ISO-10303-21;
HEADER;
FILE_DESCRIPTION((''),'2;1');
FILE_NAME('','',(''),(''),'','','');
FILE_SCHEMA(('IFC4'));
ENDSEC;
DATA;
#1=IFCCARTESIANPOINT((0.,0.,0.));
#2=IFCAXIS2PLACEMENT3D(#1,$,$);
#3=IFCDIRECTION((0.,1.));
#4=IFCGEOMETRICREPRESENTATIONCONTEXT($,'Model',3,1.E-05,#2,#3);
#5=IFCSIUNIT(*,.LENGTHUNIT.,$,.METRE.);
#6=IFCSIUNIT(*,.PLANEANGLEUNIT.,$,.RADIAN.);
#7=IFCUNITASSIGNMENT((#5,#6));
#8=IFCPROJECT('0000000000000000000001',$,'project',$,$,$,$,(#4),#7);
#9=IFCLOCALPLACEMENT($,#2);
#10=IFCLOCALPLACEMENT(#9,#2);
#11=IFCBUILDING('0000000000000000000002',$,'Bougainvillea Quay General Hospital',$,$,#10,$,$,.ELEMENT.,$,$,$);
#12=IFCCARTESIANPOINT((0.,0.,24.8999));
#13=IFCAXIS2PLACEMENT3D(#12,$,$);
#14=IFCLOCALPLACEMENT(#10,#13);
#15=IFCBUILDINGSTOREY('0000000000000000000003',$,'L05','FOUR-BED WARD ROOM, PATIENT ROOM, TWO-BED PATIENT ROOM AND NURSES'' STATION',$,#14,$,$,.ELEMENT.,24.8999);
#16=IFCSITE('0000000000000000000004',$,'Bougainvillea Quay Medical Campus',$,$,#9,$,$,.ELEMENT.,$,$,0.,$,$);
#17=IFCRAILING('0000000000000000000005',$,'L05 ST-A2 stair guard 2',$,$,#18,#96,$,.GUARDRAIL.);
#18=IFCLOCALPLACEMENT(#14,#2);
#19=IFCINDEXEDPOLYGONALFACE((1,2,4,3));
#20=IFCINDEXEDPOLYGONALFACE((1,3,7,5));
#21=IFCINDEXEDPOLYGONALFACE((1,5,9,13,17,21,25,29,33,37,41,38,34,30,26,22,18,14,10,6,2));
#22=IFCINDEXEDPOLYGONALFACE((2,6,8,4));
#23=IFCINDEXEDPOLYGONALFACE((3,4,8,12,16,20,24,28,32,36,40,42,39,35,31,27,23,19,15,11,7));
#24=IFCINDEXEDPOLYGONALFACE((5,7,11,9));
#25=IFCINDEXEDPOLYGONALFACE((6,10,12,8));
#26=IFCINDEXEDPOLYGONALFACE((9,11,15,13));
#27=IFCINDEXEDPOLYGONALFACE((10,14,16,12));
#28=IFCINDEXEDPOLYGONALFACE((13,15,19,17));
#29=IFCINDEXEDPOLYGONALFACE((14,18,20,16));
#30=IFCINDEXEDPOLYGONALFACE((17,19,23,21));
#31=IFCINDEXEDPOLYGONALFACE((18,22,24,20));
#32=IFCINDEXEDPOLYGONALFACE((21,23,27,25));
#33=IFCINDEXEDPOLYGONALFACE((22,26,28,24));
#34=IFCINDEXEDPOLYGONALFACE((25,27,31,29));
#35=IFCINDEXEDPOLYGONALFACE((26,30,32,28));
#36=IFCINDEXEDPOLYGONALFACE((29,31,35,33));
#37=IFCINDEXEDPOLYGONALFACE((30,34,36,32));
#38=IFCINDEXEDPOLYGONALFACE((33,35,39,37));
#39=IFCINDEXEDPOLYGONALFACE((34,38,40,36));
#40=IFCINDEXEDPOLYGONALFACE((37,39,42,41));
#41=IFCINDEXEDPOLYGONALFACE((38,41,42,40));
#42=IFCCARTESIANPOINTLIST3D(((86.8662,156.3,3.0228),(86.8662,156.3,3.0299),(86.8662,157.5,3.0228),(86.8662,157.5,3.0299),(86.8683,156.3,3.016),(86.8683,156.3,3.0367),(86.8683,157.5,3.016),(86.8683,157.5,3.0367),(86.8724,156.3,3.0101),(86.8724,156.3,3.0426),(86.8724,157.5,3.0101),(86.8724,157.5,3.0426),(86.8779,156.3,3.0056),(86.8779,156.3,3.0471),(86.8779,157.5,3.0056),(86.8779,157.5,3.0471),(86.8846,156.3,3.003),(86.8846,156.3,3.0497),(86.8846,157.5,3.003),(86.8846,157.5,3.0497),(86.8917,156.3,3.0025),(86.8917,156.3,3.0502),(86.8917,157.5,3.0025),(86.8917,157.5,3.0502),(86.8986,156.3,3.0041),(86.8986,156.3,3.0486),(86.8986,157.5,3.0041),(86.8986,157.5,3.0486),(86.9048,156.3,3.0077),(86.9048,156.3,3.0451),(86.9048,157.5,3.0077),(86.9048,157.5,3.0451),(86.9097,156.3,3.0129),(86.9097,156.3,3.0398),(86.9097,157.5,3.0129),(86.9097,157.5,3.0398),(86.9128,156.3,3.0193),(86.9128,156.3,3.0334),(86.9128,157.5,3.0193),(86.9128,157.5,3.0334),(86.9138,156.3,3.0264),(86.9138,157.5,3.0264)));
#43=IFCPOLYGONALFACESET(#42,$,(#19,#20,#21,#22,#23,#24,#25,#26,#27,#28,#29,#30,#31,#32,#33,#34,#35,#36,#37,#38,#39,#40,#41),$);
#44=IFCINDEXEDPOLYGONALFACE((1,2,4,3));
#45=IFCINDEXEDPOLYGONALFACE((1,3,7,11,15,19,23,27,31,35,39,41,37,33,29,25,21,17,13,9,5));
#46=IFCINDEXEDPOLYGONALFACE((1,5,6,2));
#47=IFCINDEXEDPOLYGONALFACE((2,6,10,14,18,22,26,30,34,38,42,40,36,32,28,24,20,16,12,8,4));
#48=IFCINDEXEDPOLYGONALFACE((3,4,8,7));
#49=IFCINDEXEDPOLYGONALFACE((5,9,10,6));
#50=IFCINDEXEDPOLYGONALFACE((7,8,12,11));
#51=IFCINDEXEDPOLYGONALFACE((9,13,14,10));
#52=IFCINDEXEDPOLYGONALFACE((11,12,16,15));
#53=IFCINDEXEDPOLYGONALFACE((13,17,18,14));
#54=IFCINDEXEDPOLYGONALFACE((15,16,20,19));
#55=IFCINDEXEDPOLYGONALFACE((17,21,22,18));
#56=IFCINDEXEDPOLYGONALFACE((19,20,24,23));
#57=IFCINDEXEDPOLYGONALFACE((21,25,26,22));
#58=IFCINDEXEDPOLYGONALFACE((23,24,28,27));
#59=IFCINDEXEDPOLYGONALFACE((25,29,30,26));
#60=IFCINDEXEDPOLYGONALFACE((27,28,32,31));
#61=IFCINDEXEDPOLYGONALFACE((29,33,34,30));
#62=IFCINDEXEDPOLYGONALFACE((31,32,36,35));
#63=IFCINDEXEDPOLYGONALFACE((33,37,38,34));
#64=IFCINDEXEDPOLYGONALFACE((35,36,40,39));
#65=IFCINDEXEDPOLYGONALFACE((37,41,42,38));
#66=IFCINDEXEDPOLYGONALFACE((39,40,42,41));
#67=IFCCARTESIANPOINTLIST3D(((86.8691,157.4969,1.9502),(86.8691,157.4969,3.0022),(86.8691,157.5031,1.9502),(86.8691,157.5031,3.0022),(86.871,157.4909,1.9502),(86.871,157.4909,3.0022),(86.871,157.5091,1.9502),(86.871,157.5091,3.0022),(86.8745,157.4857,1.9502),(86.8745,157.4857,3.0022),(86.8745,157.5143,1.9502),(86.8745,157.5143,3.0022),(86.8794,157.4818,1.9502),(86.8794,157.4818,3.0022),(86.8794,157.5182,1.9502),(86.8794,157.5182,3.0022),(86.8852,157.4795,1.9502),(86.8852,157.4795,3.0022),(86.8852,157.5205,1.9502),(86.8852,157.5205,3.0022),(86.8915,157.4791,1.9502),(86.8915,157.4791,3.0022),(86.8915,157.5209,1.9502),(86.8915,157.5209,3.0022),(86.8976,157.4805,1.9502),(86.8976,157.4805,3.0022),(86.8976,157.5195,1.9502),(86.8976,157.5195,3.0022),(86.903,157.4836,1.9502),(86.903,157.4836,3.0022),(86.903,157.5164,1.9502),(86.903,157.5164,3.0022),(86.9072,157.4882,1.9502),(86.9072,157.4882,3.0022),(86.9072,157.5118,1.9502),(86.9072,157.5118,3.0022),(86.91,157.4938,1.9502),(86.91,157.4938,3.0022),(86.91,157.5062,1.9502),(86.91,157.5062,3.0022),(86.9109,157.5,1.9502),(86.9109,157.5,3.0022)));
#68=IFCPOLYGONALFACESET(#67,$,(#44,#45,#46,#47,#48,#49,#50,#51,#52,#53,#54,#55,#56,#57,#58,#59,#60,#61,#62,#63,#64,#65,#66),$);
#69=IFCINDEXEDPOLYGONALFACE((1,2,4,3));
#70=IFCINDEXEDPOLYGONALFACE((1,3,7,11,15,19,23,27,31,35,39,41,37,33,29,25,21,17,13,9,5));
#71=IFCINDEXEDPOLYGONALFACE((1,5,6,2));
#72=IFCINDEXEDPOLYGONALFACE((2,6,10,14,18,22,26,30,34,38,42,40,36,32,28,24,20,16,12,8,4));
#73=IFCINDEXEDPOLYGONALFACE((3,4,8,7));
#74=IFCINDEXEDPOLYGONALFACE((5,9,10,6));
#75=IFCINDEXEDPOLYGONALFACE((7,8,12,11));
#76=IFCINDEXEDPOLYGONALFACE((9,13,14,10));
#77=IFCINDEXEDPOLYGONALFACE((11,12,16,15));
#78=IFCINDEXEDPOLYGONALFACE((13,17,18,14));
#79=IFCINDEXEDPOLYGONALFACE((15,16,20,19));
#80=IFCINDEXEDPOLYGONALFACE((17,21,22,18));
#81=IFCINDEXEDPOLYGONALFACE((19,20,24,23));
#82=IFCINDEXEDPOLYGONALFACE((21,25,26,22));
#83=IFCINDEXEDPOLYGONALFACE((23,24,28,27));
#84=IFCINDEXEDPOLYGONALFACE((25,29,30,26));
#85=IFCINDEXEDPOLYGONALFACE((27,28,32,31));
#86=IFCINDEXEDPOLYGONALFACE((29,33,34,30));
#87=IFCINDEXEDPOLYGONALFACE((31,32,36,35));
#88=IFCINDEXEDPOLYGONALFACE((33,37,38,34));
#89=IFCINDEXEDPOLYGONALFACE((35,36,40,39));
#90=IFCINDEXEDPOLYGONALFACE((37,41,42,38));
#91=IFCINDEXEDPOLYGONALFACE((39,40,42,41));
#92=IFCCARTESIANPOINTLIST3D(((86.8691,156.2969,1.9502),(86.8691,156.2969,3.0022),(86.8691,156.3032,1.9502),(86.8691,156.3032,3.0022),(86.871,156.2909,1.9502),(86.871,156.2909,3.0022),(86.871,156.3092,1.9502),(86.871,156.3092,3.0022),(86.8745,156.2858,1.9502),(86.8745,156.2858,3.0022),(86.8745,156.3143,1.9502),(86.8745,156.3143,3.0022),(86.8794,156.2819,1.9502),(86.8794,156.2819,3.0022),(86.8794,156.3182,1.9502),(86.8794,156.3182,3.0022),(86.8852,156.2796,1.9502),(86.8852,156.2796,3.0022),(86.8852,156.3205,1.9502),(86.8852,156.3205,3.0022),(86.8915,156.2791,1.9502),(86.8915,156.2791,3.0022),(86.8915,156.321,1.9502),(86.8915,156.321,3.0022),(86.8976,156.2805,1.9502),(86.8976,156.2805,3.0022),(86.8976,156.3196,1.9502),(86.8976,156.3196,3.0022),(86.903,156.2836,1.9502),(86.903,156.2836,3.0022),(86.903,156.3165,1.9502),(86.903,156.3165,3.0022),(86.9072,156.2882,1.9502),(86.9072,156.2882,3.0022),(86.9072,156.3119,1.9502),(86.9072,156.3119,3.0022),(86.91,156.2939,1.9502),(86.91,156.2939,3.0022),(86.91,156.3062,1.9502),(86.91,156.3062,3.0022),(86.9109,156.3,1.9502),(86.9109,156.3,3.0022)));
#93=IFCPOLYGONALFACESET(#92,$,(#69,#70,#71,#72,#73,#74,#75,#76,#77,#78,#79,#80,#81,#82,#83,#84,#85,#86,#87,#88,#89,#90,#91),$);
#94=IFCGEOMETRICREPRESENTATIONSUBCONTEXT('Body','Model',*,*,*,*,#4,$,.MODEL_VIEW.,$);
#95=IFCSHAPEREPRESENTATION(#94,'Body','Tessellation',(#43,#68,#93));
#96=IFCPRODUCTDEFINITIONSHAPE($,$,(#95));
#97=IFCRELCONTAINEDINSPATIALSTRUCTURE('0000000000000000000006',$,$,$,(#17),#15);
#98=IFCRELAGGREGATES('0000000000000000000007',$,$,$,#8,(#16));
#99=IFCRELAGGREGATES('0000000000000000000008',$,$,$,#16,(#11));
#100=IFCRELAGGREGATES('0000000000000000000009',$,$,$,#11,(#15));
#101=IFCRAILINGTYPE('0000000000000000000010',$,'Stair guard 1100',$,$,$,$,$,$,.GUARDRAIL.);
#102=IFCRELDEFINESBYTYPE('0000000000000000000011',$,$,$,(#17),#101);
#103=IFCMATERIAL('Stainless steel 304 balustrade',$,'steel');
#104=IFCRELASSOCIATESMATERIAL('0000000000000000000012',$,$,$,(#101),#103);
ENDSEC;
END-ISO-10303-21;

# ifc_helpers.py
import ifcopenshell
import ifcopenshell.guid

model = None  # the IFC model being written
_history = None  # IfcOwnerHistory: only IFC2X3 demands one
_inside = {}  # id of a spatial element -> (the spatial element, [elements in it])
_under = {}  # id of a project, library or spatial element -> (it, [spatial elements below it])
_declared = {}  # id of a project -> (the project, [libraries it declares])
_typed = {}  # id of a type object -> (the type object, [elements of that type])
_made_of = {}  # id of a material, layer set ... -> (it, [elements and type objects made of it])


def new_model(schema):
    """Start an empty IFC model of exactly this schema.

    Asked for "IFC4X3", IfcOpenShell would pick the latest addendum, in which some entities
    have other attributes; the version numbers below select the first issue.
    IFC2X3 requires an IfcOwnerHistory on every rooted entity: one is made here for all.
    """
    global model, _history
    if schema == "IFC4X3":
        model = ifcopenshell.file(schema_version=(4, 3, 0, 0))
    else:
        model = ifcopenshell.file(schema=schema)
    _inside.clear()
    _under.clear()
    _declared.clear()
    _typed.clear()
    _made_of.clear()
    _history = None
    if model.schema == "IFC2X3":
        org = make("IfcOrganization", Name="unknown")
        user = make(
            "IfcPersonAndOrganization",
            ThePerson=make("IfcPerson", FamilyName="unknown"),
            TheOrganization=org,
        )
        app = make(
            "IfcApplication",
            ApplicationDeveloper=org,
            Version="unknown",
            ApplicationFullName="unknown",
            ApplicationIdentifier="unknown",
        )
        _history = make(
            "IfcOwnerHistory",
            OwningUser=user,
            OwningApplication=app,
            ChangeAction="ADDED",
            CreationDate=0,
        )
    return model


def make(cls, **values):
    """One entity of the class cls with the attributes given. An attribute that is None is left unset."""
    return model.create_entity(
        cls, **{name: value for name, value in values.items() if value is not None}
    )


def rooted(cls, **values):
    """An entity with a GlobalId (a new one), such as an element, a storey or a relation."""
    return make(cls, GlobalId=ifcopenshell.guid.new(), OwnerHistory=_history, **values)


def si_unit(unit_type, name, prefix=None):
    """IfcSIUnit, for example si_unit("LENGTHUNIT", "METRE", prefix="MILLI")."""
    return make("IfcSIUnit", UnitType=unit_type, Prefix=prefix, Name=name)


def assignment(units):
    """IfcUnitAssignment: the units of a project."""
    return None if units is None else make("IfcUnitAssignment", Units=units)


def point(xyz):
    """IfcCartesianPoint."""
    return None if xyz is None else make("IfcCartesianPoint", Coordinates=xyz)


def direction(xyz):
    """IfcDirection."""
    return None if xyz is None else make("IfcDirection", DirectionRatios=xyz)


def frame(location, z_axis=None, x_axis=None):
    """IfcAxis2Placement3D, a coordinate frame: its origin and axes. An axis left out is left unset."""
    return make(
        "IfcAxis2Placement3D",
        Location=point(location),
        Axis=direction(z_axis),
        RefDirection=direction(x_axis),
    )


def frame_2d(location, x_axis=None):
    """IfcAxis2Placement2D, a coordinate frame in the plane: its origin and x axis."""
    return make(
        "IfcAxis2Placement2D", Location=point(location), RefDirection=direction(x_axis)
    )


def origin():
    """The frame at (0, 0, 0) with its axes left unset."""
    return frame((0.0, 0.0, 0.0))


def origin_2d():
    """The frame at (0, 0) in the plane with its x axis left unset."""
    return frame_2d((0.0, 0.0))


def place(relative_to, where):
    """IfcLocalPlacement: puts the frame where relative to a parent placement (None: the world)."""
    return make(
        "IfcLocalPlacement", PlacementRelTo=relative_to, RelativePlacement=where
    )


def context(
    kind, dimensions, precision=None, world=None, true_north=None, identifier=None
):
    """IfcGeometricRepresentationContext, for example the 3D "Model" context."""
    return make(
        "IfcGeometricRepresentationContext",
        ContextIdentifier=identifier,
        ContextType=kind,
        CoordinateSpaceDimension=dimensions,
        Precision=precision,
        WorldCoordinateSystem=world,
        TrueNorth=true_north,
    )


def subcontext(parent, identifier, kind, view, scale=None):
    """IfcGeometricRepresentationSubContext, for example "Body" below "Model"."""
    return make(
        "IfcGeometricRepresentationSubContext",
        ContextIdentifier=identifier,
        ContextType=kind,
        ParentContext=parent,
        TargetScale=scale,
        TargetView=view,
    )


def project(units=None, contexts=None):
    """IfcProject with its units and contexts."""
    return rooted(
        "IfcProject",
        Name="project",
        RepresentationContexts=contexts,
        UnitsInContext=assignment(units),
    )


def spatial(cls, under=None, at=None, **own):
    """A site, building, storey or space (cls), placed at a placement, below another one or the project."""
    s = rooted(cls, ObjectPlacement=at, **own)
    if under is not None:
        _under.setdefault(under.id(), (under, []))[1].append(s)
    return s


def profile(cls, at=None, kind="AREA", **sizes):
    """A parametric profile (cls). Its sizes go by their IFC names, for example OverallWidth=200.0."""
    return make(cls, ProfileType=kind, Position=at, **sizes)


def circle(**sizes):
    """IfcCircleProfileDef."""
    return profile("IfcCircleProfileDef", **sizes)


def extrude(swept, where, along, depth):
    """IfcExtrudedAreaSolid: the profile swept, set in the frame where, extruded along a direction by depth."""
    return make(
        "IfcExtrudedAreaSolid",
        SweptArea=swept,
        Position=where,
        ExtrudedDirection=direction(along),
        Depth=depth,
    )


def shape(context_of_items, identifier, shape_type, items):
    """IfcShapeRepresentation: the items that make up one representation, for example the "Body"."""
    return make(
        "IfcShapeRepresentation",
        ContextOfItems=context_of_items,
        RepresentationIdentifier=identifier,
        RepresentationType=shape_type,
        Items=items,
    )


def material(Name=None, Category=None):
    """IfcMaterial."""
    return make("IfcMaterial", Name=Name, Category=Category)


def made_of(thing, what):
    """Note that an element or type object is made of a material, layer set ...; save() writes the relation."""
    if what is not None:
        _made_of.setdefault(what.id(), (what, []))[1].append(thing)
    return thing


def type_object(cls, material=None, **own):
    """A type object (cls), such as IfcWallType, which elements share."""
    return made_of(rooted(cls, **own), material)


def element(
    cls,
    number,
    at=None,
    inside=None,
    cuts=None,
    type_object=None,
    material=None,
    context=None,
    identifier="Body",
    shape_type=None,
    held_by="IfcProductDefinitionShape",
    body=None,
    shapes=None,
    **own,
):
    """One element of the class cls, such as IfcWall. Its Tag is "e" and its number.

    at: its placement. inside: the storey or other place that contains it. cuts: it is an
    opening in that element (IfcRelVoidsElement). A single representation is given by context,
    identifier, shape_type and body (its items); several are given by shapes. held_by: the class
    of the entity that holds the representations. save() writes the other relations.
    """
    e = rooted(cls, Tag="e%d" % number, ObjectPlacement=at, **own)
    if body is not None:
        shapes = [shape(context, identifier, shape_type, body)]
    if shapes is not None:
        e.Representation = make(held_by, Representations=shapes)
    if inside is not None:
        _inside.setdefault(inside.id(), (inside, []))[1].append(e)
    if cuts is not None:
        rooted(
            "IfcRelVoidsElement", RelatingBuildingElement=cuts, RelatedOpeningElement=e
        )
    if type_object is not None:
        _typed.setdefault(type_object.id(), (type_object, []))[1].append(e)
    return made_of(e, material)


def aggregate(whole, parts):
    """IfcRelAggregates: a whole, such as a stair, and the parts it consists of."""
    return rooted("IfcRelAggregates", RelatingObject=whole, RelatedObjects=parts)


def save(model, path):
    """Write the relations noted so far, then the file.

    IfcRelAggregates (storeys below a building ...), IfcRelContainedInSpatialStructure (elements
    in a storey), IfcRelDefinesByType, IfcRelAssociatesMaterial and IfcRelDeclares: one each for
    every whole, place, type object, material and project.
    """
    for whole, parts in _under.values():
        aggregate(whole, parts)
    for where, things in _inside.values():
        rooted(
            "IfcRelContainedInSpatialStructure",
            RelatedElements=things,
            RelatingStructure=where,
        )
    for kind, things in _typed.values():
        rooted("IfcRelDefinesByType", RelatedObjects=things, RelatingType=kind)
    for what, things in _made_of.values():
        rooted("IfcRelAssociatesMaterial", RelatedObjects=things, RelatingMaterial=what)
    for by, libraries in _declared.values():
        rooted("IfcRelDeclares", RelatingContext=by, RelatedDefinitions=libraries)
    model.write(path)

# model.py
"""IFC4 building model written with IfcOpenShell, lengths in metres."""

from ifc_helpers import new_model, si_unit, direction, frame, origin, origin_2d, place, context, subcontext, project, spatial, circle, extrude, material, type_object, element, save


model = new_model("IFC4")

# Units and contexts
model_context = context("Model", 3, precision=1e-05, world=origin(), true_north=direction((0.0, 1.0)))
body_context = subcontext(model_context, "Body", "Model", "MODEL_VIEW")
ifc_project = project(units=[si_unit("LENGTHUNIT", "METRE"), si_unit("PLANEANGLEUNIT", "RADIAN")], contexts=[model_context])

# Site, building, storey
site_placement = place(None, origin())
site = spatial("IfcSite", under=ifc_project, at=site_placement, Name="Bougainvillea Quay Medical Campus", CompositionType="ELEMENT", RefElevation=0.0)
building_placement = place(site_placement, origin())
building = spatial("IfcBuilding", under=site, at=building_placement, Name="Bougainvillea Quay General Hospital", CompositionType="ELEMENT")
storey_placement = place(building_placement, frame((0.0, 0.0, 24.8999)))
storey = spatial("IfcBuildingStorey", under=building, at=storey_placement, Name="L05", Description="FOUR-BED WARD ROOM, PATIENT ROOM, TWO-BED PATIENT ROOM AND NURSES' STATION", CompositionType="ELEMENT", Elevation=24.8999)

# Railing
ifc_material_1 = material(Name="Stainless steel 304 balustrade", Category="steel")
railing_type_1 = type_object("IfcRailingType", Name="Stair guard 1100", PredefinedType="GUARDRAIL", material=ifc_material_1)
railing_1_placement = place(storey_placement, frame((86.8899, 157.5, 1.9502)))
element("IfcRailing", 1, at=railing_1_placement, inside=storey, type_object=railing_type_1, Name="L05 ST-A2 stair guard 2", PredefinedType="GUARDRAIL", context=body_context, shape_type="SweptSolid", body=[
    extrude(circle(Radius=0.0239, at=origin_2d()), frame((0.0, 0.0, 1.0762), z_axis=(0.0, -1.0, 0.0), x_axis=(1.0, 0.0, 0.0)), (0.0, 0.0, 1.0), 1.2),
    extrude(circle(Radius=0.021, at=origin_2d()), origin(), (0.0, 0.0, 1.0), 1.052),
    extrude(circle(Radius=0.021, at=origin_2d()), frame((0.0, -1.2, 0.0)), (0.0, 0.0, 1.0), 1.052),
])

save(model, "model.ifc")
